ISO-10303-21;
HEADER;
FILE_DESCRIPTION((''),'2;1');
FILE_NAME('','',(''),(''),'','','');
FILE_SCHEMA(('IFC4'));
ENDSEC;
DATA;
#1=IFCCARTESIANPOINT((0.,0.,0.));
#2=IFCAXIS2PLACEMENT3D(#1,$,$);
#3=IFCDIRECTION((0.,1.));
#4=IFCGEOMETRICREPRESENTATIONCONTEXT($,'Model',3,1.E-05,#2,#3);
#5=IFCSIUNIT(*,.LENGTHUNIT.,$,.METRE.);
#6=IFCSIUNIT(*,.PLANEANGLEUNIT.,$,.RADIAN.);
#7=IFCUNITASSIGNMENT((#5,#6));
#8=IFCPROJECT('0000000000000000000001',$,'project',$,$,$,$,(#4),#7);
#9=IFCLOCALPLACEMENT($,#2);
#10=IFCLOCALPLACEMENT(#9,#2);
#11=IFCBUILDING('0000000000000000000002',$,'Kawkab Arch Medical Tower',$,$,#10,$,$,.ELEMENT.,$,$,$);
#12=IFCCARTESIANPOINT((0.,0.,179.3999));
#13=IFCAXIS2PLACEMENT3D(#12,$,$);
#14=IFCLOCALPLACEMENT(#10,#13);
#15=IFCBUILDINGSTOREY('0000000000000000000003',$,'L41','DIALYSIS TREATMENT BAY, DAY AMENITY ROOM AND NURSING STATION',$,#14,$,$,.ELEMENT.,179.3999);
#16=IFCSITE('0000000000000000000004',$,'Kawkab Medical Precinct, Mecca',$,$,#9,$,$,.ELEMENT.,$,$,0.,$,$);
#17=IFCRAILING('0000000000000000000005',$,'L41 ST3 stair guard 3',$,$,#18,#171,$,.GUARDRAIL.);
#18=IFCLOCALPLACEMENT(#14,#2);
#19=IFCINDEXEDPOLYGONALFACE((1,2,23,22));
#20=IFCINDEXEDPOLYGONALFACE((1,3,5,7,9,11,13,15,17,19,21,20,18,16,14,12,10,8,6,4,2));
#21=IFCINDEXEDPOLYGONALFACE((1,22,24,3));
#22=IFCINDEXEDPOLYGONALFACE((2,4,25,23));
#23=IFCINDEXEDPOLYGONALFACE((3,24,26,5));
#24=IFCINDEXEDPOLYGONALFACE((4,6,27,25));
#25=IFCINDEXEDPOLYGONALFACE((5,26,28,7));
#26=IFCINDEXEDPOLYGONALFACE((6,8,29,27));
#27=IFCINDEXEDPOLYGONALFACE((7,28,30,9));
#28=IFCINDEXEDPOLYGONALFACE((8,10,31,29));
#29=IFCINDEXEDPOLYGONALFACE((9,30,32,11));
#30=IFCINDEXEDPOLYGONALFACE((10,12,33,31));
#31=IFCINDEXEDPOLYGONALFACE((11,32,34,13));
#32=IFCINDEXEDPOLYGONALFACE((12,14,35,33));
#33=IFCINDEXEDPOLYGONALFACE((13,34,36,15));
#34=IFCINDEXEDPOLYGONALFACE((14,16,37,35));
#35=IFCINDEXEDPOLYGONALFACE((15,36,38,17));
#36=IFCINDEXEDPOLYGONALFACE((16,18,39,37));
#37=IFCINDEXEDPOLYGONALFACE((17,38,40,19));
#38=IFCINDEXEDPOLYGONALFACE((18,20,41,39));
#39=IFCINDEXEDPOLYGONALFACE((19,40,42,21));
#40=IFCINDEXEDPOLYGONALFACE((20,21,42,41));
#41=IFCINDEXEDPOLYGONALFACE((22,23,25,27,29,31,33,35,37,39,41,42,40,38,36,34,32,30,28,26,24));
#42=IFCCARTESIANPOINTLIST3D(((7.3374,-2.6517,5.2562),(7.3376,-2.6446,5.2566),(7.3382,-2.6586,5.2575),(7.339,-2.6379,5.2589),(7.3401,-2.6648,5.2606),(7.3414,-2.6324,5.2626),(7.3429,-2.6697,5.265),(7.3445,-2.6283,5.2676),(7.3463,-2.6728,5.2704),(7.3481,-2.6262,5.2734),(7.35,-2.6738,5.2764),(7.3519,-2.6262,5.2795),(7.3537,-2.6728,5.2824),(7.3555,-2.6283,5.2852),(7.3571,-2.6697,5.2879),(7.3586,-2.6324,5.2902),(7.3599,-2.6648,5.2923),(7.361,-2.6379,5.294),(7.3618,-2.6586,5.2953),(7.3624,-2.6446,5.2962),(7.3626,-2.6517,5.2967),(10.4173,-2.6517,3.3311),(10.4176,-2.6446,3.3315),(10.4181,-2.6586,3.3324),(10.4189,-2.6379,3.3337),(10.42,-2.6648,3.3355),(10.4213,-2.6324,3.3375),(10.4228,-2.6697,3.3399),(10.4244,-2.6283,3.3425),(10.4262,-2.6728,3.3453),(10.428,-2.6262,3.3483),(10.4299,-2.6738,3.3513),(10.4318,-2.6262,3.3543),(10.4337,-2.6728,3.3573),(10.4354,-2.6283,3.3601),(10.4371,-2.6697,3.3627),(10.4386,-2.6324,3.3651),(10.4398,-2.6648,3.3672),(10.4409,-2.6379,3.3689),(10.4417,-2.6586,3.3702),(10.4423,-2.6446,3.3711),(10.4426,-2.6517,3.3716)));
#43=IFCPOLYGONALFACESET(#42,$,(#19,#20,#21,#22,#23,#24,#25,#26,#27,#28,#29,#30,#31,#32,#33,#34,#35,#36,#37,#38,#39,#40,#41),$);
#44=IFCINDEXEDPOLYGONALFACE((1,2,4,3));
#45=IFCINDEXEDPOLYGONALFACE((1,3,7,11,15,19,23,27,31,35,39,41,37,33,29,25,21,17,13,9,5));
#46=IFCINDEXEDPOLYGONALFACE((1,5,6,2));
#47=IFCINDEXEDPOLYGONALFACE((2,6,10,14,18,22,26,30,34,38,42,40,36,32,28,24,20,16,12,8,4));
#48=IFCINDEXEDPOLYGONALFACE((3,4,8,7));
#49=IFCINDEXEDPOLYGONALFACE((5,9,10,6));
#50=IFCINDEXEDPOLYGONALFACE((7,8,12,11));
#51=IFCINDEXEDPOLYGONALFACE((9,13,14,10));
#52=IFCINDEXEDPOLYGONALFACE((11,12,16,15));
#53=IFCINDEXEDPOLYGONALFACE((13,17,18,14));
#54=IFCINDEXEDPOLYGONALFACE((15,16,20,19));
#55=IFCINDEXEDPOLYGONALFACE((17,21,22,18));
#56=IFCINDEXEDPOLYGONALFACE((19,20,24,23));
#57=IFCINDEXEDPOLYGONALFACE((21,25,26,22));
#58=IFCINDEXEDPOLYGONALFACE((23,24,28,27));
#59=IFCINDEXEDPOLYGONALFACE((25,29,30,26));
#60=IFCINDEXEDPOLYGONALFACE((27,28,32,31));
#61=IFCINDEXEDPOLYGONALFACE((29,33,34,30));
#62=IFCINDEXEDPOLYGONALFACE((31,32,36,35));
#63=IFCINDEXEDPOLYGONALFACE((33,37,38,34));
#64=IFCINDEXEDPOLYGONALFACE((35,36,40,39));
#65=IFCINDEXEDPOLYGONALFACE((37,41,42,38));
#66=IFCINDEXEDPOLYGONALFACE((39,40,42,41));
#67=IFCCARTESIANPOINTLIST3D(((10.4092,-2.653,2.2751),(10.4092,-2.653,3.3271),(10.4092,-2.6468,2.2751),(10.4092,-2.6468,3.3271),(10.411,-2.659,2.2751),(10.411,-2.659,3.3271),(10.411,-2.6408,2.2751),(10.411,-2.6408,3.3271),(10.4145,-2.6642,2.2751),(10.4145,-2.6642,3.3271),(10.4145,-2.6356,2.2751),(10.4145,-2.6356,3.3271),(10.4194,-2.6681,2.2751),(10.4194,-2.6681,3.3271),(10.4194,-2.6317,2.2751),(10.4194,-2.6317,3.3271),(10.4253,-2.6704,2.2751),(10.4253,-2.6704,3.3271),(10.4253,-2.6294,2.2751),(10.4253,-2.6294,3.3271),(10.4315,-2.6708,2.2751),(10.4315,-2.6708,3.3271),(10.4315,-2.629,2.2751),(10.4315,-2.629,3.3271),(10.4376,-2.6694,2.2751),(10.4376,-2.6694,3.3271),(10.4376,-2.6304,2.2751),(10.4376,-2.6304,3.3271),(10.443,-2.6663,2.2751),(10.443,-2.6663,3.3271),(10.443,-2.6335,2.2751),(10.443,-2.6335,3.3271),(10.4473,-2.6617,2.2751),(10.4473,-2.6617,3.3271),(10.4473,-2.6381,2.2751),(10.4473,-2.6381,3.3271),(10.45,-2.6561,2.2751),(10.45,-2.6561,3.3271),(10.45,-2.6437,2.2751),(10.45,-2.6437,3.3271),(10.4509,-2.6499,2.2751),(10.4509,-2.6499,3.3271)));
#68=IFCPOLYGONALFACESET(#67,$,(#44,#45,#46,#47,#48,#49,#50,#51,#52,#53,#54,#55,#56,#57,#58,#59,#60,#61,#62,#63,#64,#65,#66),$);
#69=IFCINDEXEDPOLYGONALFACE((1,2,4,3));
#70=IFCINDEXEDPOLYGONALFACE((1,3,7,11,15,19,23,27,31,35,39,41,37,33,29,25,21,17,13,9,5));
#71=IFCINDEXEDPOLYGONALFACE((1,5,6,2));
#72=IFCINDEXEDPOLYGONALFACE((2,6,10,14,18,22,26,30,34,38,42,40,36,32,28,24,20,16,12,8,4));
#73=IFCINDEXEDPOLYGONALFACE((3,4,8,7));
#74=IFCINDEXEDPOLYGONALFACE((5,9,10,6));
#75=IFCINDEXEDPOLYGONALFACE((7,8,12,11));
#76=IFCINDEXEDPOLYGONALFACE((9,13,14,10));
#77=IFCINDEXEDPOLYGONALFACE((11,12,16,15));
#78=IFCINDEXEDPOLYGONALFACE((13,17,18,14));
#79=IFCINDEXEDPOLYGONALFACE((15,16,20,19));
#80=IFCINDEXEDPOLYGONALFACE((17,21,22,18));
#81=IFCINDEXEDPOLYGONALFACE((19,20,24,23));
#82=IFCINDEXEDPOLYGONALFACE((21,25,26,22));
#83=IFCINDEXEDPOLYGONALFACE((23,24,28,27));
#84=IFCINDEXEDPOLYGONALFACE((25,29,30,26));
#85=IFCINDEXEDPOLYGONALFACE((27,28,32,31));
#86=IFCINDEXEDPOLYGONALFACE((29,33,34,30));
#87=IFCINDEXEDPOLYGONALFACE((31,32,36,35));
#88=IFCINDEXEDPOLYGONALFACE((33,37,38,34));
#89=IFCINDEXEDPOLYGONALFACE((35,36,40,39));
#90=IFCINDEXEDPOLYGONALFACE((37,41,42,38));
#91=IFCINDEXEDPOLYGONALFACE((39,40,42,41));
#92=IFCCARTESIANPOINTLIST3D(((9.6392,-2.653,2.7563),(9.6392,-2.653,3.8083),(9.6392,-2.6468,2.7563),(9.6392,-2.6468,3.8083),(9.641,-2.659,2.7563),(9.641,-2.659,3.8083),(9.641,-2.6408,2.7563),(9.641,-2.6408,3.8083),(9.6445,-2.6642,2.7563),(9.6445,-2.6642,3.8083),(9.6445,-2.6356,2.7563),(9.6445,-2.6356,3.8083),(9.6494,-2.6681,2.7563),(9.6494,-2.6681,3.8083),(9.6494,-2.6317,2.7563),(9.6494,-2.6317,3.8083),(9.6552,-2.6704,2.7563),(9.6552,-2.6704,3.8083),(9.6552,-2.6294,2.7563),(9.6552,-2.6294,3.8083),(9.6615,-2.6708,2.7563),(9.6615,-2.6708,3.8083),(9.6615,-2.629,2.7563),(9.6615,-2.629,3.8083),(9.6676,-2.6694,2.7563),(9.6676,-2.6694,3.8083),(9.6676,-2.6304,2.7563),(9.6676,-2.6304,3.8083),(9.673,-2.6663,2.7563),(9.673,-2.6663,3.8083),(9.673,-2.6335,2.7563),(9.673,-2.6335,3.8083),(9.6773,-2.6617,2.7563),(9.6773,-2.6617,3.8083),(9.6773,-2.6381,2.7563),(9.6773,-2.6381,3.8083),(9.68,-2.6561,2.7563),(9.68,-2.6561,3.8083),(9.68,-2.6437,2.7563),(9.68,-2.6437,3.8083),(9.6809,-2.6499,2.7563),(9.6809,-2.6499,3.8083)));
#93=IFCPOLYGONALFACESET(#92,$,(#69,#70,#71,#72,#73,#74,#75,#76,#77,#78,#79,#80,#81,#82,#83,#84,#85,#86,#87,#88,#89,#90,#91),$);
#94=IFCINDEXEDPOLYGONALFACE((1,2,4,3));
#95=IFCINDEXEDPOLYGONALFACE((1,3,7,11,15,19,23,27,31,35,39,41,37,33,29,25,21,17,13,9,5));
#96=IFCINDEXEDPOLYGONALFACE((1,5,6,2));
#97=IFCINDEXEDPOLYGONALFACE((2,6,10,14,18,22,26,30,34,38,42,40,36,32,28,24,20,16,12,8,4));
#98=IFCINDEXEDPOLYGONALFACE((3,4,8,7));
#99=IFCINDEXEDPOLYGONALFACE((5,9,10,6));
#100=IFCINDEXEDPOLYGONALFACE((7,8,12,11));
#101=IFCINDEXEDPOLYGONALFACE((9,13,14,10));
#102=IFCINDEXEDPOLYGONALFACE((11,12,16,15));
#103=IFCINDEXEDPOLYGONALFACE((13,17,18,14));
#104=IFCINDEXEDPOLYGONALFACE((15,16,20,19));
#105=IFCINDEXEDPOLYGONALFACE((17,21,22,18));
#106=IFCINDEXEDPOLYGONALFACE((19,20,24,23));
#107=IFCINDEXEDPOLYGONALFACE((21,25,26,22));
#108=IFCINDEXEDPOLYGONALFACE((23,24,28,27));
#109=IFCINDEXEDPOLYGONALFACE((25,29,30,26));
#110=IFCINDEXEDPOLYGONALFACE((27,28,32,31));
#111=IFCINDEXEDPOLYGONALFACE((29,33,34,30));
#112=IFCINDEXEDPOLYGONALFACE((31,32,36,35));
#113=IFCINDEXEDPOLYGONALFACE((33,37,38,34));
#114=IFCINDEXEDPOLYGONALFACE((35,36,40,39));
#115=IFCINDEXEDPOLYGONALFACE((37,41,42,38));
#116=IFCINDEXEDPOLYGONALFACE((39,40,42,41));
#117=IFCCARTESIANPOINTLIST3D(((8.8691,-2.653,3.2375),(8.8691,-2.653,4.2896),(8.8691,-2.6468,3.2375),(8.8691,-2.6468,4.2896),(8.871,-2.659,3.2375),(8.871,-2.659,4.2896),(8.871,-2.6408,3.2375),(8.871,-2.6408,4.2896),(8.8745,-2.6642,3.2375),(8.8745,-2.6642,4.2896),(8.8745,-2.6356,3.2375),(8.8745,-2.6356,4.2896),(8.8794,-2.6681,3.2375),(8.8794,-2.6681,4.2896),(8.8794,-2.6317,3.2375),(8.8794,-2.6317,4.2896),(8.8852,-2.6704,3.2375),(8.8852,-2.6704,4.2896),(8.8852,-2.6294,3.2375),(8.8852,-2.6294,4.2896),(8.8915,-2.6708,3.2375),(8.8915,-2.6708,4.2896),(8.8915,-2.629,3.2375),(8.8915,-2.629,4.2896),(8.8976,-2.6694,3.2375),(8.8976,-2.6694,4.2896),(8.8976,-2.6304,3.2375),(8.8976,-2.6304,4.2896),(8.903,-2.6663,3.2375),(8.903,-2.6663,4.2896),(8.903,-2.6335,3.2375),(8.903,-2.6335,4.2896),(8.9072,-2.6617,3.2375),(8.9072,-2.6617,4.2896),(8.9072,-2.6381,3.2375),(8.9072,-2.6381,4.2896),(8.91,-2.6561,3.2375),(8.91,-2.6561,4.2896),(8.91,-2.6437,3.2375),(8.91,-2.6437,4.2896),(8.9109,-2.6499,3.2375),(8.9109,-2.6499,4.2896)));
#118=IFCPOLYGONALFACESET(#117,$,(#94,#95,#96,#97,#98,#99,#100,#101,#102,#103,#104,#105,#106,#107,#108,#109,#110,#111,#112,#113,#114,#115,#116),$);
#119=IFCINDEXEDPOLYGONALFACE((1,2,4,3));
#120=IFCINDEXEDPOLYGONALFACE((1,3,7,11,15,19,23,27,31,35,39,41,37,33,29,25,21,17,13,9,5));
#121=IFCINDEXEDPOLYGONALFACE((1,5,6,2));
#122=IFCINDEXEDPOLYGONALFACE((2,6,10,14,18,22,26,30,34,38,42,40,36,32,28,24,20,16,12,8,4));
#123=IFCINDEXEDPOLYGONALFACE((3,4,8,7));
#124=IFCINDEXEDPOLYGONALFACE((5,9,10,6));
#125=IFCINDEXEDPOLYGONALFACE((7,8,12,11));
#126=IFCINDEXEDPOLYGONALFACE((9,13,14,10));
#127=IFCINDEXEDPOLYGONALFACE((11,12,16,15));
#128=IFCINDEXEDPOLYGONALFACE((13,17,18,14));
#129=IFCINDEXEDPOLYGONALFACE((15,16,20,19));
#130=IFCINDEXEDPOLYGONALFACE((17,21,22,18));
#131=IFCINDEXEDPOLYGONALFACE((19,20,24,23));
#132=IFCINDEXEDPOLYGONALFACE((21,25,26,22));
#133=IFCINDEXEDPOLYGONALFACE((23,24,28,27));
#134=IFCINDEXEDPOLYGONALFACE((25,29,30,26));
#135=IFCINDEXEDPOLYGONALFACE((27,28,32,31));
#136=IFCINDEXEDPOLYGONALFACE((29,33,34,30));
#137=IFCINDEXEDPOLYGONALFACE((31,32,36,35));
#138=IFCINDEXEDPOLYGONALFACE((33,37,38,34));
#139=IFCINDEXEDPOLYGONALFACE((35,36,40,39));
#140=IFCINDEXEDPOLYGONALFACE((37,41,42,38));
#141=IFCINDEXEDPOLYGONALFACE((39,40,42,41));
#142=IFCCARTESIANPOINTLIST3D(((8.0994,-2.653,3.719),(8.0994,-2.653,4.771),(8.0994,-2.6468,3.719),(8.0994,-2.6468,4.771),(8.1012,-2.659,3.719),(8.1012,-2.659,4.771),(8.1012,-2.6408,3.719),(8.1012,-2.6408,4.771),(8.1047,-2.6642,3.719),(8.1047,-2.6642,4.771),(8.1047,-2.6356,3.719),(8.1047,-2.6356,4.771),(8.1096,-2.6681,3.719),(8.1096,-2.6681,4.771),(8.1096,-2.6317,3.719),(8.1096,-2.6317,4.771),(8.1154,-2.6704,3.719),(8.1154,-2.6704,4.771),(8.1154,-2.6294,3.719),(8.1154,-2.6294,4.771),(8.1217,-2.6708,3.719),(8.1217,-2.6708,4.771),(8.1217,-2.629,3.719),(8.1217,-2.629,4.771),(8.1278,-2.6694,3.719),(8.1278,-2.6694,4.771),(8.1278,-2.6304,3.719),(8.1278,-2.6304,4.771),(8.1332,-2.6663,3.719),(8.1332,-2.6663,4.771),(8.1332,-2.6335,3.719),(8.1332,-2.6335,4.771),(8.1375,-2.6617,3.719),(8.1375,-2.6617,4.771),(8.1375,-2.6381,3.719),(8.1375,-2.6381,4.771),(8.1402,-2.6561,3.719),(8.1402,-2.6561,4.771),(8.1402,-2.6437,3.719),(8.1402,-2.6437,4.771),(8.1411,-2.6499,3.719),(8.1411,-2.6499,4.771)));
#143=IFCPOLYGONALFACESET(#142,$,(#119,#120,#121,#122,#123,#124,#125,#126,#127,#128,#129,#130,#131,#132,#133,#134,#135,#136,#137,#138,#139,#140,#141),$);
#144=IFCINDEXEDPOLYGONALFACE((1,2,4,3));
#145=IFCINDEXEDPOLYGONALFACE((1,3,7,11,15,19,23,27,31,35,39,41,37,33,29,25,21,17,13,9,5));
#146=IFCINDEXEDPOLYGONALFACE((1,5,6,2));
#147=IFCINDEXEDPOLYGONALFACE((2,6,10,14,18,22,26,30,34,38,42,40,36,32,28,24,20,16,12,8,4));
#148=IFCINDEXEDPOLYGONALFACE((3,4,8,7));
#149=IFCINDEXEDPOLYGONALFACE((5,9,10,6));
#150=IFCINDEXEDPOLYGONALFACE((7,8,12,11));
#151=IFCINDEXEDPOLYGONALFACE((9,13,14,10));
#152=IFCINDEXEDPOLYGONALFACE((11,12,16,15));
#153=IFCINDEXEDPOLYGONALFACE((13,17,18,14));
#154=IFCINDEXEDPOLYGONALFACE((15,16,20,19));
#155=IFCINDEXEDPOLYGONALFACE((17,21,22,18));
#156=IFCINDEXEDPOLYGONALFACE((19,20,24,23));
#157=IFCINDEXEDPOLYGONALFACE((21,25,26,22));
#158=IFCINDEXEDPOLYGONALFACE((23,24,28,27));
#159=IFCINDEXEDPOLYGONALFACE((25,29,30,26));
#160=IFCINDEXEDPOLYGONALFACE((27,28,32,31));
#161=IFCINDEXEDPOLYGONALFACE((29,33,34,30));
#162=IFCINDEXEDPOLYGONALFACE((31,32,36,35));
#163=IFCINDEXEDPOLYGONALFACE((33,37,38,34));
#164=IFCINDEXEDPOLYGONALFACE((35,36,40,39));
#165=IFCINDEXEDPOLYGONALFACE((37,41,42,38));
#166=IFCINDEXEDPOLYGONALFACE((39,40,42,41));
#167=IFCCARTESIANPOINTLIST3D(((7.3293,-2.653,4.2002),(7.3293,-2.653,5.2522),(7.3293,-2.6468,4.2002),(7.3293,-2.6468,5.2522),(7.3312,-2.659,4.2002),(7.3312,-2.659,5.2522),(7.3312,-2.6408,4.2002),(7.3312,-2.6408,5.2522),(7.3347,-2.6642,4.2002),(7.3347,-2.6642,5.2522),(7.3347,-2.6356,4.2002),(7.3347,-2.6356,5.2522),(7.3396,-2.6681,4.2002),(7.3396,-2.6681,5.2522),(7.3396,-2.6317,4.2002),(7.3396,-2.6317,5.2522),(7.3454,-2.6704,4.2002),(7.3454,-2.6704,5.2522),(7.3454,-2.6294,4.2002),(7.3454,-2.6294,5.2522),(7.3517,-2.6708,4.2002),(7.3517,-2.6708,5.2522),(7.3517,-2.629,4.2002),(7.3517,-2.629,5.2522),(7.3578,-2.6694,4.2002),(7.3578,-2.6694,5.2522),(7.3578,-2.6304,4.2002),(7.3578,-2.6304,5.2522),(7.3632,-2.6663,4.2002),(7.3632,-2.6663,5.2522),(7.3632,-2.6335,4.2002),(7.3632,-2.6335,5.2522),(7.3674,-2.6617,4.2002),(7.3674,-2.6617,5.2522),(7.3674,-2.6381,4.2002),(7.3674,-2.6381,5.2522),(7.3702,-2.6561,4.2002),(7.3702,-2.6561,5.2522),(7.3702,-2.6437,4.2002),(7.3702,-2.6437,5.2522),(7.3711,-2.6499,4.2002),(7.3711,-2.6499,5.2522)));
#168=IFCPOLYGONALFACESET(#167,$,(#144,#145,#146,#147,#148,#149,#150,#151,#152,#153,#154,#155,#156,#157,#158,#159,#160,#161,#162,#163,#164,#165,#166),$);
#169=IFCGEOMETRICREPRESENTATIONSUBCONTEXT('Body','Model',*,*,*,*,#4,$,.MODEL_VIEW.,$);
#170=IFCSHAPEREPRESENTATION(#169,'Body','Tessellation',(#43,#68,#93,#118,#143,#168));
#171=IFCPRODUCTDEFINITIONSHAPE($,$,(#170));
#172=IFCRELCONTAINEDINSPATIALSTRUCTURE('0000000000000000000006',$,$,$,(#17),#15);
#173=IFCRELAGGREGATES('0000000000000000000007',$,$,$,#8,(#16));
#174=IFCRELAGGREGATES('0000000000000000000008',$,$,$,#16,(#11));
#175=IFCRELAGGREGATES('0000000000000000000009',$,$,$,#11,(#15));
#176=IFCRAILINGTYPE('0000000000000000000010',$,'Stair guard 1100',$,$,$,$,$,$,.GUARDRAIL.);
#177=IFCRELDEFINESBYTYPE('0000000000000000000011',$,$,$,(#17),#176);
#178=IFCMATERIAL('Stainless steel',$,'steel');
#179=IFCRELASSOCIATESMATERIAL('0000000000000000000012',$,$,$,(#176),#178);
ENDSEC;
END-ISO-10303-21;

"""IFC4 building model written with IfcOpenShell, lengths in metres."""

from ifc_helpers import new_model, si_unit, direction, frame, origin, origin_2d, place, context, subcontext, project, spatial, circle, extrude, material, type_object, element, save


model = new_model("IFC4")

# Units and contexts
model_context = context("Model", 3, precision=1e-05, world=origin(), true_north=direction((0.0, 1.0)))
body_context = subcontext(model_context, "Body", "Model", "MODEL_VIEW")
ifc_project = project(units=[si_unit("LENGTHUNIT", "METRE"), si_unit("PLANEANGLEUNIT", "RADIAN")], contexts=[model_context])

# Site, building, storey
site_placement = place(None, origin())
site = spatial("IfcSite", under=ifc_project, at=site_placement, Name="Kawkab Medical Precinct, Mecca", CompositionType="ELEMENT", RefElevation=0.0)
building_placement = place(site_placement, origin())
building = spatial("IfcBuilding", under=site, at=building_placement, Name="Kawkab Arch Medical Tower", CompositionType="ELEMENT")
storey_placement = place(building_placement, frame((0.0, 0.0, 179.3999)))
storey = spatial("IfcBuildingStorey", under=building, at=storey_placement, Name="L41", Description="DIALYSIS TREATMENT BAY, DAY AMENITY ROOM AND NURSING STATION", CompositionType="ELEMENT", Elevation=179.3999)

# Railing
ifc_material_1 = material(Name="Stainless steel", Category="steel")
railing_type_1 = type_object("IfcRailingType", Name="Stair guard 1100", PredefinedType="GUARDRAIL", material=ifc_material_1)
railing_1_placement = place(storey_placement, frame((10.4299, -2.6499, 2.2751)))
element("IfcRailing", 1, at=railing_1_placement, inside=storey, type_object=railing_type_1, Name="L41 ST3 stair guard 3", PredefinedType="GUARDRAIL", context=body_context, shape_type="SweptSolid", body=[
    extrude(circle(Radius=0.0239, at=origin_2d()), frame((0.0, 0.0, 1.0762), z_axis=(-0.847979, 0.0, 0.530029), x_axis=(0.0, -1.0, 0.0)), (0.0, 0.0, 1.0), 3.6321),
    extrude(circle(Radius=0.021, at=origin_2d()), origin(), (0.0, 0.0, 1.0), 1.052),
    extrude(circle(Radius=0.021, at=origin_2d()), frame((-0.77, 0.0, 0.4812)), (0.0, 0.0, 1.0), 1.052),
    extrude(circle(Radius=0.021, at=origin_2d()), frame((-1.54, 0.0, 0.9624)), (0.0, 0.0, 1.0), 1.052),
    extrude(circle(Radius=0.021, at=origin_2d()), frame((-2.3098, 0.0, 1.4438)), (0.0, 0.0, 1.0), 1.052),
    extrude(circle(Radius=0.021, at=origin_2d()), frame((-3.0798, 0.0, 1.925)), (0.0, 0.0, 1.0), 1.052),
])

save(model, "model.ifc")
